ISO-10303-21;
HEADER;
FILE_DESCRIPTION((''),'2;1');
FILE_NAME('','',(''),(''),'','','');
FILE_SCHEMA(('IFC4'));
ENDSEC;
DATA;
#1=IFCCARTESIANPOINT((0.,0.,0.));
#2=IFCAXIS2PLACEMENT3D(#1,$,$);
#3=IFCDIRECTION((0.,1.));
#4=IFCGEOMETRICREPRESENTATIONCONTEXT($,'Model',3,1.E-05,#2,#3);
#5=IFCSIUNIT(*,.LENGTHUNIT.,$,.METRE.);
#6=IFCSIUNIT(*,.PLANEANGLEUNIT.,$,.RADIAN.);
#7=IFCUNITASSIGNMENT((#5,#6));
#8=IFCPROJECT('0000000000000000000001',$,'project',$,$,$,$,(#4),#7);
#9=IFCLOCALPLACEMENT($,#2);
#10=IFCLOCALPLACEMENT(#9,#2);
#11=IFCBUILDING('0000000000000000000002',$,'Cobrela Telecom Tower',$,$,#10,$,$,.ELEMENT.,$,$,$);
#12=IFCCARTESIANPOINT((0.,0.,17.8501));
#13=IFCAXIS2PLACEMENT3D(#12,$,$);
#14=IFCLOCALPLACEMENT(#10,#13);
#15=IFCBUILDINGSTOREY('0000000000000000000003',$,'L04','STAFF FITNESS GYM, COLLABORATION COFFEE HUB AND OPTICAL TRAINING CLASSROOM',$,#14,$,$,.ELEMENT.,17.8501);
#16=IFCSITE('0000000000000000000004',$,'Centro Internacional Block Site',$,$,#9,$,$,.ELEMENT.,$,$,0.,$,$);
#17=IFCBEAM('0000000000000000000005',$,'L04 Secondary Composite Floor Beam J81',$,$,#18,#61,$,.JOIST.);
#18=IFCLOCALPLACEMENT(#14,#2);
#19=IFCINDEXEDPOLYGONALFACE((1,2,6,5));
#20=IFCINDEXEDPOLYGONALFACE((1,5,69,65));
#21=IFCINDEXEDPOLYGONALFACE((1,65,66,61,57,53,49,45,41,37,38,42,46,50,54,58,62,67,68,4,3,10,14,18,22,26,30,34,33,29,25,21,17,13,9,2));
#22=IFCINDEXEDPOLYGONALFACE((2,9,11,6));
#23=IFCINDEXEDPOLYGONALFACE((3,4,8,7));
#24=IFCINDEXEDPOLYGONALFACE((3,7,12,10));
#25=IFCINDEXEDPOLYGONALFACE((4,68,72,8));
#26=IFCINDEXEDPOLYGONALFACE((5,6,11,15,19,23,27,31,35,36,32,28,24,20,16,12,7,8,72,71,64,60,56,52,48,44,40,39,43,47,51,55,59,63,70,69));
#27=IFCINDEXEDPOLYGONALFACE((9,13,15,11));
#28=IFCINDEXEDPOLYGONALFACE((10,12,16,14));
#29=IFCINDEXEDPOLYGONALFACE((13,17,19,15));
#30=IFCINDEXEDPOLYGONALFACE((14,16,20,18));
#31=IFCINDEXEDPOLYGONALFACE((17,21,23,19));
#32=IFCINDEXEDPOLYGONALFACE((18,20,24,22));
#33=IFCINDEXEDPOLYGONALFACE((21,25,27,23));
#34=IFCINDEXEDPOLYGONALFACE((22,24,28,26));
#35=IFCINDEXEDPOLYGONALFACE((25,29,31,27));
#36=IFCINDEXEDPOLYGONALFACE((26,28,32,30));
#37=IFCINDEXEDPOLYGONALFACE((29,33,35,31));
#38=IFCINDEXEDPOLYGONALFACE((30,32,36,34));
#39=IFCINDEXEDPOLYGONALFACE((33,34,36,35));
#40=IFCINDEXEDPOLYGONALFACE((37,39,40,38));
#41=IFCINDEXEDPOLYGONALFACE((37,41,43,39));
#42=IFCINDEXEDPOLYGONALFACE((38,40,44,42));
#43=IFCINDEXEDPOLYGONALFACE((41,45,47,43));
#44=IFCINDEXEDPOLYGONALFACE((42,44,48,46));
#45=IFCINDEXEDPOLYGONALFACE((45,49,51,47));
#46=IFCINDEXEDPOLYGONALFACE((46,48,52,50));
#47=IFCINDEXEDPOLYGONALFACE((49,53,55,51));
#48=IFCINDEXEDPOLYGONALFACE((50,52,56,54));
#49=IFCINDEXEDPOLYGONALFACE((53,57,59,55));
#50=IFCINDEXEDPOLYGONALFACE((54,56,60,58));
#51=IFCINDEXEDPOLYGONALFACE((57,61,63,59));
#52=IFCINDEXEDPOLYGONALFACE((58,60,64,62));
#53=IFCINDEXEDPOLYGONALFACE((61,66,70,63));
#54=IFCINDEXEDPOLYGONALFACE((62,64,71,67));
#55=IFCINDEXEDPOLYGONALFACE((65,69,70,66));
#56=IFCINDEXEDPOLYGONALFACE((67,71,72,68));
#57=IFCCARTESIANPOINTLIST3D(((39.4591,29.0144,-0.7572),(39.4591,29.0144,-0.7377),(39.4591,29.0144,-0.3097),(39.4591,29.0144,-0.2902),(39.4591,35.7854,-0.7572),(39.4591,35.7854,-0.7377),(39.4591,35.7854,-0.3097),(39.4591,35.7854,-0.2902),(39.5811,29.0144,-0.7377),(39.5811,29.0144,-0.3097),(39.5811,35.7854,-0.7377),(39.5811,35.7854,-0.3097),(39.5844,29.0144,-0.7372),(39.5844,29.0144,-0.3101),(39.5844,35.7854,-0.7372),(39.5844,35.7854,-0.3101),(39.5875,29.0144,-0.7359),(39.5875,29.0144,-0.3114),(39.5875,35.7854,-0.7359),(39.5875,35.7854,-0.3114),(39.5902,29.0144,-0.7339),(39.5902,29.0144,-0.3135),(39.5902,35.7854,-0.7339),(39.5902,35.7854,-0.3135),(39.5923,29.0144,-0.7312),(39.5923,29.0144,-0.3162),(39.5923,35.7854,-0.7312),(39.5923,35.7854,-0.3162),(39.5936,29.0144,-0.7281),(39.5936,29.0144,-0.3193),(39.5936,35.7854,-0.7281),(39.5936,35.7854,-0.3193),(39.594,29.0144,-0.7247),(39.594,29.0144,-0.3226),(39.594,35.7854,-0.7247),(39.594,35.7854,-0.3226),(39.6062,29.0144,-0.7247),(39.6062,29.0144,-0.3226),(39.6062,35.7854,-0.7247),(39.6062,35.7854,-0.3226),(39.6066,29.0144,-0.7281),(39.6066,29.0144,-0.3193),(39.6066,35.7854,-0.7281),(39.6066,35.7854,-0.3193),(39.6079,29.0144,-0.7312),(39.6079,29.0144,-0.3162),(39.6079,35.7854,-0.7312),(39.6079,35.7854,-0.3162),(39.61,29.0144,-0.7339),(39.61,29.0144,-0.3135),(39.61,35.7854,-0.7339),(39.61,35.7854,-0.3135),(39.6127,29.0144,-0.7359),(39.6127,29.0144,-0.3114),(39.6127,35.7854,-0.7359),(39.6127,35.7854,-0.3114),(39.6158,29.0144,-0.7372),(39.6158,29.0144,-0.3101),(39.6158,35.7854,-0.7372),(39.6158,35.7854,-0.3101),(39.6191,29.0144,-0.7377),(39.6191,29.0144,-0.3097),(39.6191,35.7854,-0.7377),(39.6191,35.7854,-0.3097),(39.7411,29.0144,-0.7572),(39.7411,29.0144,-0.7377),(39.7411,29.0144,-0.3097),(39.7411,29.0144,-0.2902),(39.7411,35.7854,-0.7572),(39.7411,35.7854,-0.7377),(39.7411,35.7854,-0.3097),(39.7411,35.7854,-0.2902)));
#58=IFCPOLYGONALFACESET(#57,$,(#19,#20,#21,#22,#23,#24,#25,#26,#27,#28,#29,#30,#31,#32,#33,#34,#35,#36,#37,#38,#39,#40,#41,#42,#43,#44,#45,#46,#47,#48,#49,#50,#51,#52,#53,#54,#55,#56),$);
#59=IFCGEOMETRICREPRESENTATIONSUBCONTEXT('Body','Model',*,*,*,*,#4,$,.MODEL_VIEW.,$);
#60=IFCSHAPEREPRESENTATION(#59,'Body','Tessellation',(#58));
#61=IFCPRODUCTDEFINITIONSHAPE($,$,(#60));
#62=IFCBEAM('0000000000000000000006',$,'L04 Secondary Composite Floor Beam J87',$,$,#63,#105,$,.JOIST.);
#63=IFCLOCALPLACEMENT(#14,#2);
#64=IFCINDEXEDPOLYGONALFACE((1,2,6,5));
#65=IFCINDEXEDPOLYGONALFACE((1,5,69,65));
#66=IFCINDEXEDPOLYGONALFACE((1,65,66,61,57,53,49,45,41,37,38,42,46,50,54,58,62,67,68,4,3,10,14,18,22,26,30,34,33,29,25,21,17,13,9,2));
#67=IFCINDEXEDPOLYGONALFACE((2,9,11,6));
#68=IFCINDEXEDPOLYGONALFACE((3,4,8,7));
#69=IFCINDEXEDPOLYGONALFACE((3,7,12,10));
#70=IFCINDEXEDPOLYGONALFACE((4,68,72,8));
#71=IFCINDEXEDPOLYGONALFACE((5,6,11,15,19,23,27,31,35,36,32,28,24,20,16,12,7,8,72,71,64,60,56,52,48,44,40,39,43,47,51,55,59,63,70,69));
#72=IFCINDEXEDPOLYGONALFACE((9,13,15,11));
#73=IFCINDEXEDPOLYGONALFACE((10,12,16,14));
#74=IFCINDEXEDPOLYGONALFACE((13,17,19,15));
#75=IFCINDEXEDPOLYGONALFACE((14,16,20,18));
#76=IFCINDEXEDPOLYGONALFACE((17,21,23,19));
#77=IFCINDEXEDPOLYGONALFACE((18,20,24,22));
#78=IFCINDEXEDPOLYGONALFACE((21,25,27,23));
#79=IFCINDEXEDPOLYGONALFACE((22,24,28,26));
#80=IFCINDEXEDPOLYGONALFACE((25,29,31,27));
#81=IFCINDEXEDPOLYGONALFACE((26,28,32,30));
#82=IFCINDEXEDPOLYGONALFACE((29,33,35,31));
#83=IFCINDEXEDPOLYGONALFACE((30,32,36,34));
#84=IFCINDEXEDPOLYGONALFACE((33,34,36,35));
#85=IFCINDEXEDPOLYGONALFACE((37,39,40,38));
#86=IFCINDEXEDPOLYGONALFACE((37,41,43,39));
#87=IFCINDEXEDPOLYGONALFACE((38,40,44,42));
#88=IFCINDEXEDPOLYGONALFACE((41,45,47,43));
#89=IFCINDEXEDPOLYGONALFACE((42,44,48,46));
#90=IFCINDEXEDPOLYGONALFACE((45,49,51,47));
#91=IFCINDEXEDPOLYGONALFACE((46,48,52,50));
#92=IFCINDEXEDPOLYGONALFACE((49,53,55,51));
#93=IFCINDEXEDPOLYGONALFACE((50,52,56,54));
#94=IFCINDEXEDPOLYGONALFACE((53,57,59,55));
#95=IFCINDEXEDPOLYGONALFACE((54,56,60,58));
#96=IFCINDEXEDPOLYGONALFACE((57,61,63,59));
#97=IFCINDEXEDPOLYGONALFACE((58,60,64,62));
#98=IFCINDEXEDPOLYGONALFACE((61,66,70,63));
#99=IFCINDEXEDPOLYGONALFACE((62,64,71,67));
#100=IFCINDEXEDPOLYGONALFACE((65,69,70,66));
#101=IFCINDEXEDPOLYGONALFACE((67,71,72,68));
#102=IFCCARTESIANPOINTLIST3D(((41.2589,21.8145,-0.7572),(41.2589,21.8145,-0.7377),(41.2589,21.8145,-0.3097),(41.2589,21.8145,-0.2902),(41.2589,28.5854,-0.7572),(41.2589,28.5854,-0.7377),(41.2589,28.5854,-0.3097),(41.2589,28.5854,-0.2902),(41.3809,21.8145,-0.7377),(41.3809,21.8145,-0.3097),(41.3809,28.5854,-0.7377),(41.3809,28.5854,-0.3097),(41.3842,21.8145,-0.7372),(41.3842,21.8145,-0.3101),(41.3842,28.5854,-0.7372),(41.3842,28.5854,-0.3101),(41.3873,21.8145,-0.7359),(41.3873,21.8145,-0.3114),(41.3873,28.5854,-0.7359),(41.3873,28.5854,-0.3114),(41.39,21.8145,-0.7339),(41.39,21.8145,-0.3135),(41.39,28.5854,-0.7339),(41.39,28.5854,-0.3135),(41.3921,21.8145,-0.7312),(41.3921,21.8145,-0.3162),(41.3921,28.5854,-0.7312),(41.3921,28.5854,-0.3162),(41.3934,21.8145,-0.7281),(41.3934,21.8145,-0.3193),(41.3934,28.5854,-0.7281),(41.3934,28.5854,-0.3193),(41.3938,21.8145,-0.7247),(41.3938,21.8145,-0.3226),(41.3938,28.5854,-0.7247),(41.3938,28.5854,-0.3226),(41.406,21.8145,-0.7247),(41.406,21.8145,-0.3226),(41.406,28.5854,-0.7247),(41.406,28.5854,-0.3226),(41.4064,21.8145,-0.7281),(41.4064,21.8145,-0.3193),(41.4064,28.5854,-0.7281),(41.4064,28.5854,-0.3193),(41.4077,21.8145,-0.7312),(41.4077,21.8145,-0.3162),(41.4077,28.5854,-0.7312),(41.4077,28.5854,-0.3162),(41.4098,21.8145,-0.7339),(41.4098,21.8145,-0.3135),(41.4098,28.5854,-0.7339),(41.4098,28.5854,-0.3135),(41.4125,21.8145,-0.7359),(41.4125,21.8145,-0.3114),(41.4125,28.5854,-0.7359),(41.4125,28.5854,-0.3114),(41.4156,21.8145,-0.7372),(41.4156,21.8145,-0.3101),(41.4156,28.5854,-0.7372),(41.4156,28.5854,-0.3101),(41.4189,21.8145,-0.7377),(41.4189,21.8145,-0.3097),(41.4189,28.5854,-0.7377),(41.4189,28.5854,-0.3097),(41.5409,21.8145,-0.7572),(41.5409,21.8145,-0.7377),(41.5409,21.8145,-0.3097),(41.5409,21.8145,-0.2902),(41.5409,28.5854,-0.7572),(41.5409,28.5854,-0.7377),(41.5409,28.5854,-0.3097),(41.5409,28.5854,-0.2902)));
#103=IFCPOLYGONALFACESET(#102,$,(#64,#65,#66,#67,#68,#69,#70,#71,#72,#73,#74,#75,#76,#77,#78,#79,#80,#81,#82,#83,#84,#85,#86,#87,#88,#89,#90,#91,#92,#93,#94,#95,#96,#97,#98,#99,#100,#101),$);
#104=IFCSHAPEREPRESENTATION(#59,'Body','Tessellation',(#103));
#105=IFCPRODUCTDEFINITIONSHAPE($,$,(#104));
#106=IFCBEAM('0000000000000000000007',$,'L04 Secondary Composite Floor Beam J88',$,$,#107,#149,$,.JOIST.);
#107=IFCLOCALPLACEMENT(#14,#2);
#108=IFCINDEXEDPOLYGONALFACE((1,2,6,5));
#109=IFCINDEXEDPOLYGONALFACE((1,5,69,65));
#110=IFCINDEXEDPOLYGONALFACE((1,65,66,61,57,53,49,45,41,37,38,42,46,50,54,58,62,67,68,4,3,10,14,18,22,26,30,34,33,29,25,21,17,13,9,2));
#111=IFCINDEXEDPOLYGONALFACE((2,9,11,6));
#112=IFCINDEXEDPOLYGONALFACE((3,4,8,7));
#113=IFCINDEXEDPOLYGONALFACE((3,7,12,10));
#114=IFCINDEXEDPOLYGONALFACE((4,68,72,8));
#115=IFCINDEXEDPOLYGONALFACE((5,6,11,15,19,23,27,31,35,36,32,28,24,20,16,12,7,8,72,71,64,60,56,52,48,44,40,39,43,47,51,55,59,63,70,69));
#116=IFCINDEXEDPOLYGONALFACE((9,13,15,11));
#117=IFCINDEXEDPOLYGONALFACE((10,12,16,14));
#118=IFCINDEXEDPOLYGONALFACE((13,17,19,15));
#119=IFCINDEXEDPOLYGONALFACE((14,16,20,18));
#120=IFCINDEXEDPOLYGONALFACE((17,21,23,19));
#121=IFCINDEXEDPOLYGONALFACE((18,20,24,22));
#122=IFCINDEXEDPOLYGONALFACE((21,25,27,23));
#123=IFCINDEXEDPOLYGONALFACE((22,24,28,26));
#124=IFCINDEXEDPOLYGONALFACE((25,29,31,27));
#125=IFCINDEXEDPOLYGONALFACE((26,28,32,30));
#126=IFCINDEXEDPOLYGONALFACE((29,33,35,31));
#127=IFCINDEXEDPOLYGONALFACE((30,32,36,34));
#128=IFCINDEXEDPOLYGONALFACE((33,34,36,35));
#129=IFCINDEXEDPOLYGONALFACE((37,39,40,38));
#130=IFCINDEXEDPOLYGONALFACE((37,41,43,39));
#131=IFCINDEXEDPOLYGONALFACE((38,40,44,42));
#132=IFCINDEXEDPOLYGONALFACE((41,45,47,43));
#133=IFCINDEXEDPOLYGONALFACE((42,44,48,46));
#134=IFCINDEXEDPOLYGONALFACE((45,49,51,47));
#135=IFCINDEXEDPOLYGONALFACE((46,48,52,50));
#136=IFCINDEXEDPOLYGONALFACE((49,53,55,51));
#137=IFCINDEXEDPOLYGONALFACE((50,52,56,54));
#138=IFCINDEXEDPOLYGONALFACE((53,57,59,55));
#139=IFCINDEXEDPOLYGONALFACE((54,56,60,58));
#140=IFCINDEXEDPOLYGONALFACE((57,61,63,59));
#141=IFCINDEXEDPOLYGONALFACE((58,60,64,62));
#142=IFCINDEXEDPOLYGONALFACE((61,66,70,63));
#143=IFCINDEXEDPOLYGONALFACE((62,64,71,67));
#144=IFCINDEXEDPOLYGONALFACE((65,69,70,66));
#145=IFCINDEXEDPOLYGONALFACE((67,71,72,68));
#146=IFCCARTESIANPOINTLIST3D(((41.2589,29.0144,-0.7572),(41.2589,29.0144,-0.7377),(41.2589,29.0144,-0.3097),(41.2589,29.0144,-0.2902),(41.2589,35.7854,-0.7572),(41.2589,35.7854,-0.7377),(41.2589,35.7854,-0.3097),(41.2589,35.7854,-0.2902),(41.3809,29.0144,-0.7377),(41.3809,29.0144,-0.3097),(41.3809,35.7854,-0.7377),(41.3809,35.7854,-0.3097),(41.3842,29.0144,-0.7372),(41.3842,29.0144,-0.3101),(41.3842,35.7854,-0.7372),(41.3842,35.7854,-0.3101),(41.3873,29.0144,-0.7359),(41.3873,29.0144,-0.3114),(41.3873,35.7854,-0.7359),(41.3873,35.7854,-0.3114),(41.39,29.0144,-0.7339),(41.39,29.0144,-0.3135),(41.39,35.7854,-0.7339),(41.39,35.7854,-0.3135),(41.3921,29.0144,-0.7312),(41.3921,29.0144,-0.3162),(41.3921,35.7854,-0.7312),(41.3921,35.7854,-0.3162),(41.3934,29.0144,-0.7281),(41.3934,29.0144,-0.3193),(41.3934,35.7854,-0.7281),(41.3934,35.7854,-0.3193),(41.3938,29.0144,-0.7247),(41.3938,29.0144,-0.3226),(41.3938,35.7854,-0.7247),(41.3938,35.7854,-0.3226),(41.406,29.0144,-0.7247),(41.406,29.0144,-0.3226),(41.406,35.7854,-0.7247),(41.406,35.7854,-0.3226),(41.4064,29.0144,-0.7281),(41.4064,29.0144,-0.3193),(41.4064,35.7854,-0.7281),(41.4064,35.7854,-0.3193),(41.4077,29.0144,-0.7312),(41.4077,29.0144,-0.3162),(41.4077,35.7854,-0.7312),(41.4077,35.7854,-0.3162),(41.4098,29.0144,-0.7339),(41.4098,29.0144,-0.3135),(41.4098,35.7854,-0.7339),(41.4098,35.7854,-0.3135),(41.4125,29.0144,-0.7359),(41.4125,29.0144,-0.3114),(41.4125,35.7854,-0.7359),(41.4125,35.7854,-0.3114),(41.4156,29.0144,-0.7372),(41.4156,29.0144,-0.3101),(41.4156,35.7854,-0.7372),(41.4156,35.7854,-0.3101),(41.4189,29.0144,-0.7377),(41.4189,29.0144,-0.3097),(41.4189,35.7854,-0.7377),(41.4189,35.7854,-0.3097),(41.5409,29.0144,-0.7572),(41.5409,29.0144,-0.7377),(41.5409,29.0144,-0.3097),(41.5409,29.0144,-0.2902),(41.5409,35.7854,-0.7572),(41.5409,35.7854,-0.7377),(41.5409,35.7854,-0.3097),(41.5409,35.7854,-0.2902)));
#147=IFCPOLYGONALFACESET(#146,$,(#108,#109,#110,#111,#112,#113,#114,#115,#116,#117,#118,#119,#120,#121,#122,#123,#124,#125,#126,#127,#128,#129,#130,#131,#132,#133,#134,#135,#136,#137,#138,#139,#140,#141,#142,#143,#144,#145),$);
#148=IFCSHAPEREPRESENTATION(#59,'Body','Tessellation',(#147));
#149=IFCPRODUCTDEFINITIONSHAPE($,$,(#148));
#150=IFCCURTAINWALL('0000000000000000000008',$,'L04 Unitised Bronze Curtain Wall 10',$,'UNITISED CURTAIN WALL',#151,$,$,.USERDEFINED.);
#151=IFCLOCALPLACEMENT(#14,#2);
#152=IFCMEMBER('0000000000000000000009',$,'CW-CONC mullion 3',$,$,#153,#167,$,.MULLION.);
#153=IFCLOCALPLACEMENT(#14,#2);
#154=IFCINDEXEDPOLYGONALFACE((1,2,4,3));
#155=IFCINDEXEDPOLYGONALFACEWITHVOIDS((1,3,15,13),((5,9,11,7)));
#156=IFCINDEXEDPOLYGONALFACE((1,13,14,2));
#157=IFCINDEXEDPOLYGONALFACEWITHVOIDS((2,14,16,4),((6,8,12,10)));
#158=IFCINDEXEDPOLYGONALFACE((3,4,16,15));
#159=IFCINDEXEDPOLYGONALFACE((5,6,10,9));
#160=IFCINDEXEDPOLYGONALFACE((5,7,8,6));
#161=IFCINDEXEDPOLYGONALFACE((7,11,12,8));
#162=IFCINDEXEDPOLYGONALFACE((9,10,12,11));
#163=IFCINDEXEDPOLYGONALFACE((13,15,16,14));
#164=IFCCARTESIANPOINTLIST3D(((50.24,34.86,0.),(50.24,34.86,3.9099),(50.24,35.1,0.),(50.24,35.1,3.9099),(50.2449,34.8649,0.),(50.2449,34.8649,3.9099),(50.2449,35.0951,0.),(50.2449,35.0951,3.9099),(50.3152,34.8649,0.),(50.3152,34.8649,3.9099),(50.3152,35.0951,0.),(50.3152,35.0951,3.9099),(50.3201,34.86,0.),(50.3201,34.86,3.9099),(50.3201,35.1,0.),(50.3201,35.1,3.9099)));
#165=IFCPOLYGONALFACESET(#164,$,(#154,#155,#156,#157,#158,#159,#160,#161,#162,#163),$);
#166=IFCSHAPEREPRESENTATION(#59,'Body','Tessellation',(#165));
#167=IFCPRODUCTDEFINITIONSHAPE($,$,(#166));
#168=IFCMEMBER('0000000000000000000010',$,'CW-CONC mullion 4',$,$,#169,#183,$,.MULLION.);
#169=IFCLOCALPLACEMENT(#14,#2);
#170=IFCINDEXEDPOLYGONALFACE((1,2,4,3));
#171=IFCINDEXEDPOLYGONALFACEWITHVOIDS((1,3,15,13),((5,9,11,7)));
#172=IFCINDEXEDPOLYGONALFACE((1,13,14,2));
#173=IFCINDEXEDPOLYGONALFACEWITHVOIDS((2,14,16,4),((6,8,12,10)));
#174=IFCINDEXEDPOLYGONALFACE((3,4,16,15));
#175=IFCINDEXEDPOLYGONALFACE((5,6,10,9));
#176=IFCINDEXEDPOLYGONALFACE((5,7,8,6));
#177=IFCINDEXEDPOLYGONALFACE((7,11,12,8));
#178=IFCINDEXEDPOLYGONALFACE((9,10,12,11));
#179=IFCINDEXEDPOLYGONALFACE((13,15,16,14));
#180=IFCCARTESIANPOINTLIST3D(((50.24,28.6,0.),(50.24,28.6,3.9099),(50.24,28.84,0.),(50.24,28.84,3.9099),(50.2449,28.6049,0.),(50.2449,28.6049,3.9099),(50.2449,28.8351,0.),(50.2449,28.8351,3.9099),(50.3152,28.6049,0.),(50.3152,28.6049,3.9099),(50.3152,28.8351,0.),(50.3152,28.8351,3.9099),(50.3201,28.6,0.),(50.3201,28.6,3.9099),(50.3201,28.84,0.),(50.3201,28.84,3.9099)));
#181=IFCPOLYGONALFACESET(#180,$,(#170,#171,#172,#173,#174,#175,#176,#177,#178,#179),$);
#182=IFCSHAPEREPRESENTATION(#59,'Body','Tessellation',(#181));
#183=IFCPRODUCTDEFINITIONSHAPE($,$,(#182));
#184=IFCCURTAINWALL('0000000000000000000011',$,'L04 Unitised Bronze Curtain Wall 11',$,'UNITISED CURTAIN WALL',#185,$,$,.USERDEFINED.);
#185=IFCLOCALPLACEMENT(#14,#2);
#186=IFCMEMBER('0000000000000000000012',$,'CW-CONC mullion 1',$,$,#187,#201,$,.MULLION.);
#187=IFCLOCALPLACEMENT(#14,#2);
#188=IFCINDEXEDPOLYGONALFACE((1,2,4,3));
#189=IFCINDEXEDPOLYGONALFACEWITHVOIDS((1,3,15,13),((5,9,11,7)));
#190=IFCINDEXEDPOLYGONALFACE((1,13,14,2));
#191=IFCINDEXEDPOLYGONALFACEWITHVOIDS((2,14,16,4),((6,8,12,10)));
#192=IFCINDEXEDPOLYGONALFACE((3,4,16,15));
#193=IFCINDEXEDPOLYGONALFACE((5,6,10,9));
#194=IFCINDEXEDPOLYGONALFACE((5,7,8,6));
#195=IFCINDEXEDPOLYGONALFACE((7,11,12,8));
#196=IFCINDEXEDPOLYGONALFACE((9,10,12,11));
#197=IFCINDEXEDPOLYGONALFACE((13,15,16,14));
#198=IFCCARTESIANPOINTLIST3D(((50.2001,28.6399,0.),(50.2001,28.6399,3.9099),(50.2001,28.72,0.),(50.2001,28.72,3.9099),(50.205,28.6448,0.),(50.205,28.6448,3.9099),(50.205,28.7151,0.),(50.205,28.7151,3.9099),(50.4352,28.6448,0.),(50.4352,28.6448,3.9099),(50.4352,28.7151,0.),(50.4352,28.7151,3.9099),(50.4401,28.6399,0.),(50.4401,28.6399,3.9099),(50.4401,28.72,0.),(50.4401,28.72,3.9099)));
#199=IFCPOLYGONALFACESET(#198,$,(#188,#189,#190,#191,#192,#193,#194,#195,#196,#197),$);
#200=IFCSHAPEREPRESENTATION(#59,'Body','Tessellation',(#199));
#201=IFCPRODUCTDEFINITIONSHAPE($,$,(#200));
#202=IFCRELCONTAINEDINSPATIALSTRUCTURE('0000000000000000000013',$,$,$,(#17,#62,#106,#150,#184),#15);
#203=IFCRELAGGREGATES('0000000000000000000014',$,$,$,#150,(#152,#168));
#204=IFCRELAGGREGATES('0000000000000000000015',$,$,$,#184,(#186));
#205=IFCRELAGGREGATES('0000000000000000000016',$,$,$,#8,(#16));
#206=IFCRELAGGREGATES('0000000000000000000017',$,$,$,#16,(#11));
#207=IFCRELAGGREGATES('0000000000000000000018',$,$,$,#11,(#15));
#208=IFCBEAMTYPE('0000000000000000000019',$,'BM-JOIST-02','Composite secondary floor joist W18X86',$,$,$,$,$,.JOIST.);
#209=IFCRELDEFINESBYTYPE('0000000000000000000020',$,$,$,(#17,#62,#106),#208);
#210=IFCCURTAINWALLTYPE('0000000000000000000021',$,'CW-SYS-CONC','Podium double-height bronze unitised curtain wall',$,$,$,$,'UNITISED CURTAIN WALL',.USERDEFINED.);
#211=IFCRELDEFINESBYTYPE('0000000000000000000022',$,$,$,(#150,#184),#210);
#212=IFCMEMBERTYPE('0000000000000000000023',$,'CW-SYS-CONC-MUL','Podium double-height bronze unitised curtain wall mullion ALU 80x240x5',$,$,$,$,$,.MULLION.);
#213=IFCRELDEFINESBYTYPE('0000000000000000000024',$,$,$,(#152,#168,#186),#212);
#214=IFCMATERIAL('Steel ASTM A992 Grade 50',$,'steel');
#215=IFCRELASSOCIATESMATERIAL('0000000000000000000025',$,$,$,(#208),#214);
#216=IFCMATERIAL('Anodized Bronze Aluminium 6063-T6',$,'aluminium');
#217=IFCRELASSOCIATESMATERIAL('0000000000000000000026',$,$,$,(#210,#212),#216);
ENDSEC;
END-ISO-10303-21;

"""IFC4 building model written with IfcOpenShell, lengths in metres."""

from ifc_helpers import new_model, si_unit, direction, frame, origin, origin_2d, place, context, subcontext, project, spatial, hollow_rectangle, i_section, extrude, material, material_profile, profile_set, type_object, element, aggregate, save


model = new_model("IFC4")

# Units and contexts
model_context = context("Model", 3, precision=1e-05, world=origin(), true_north=direction((0.0, 1.0)))
body_context = subcontext(model_context, "Body", "Model", "MODEL_VIEW")
ifc_project = project(units=[si_unit("LENGTHUNIT", "METRE"), si_unit("PLANEANGLEUNIT", "RADIAN")], contexts=[model_context])

# Site, building, storey
site_placement = place(None, origin())
site = spatial("IfcSite", under=ifc_project, at=site_placement, Name="Centro Internacional Block Site", CompositionType="ELEMENT", RefElevation=0.0)
building_placement = place(site_placement, origin())
building = spatial("IfcBuilding", under=site, at=building_placement, Name="Cobrela Telecom Tower", CompositionType="ELEMENT")
storey_placement = place(building_placement, frame((0.0, 0.0, 17.8501)))
storey = spatial("IfcBuildingStorey", under=building, at=storey_placement, Name="L04", Description="STAFF FITNESS GYM, COLLABORATION COFFEE HUB AND OPTICAL TRAINING CLASSROOM", CompositionType="ELEMENT", Elevation=17.8501)

# Beams
ifc_material_1 = material(Name="Steel ASTM A992 Grade 50", Category="steel")
ifc_material_profile_1 = material_profile(ifc_material_1, i_section(OverallWidth=0.282, OverallDepth=0.467, WebThickness=0.0122, FlangeThickness=0.0195, FilletRadius=0.0129, at=origin_2d()), Name="W18X86")
ifc_profile_set_1 = profile_set([ifc_material_profile_1], Name="Steel ASTM A992 Grade 50")
beam_type_1 = type_object("IfcBeamType", Name="BM-JOIST-02", Description="Composite secondary floor joist W18X86", PredefinedType="JOIST", material=ifc_profile_set_1)
for number, where, z_axis, x_axis, name in (
    (1, (39.6001, 29.0144, -0.5237), (0.0, 1.0, 0.0), (-1.0, 0.0, 0.0), "L04 Secondary Composite Floor Beam J81"),
    (2, (41.3999, 21.8145, -0.5237), (0.0, 1.0, 0.0), (-1.0, 0.0, 0.0), "L04 Secondary Composite Floor Beam J87"),
    (3, (41.3999, 29.0144, -0.5237), (0.0, 1.0, 0.0), (-1.0, 0.0, 0.0), "L04 Secondary Composite Floor Beam J88"),
):
    element("IfcBeam", number, at=place(storey_placement, frame(where, z_axis=z_axis, x_axis=x_axis)), inside=storey, type_object=beam_type_1, Name=name, PredefinedType="JOIST", context=body_context, shape_type="SweptSolid", body=[
        extrude(i_section(OverallWidth=0.282, OverallDepth=0.467, WebThickness=0.0122, FlangeThickness=0.0195, FilletRadius=0.0129, at=origin_2d()), origin(), (0.0, 0.0, 1.0), 6.771),
    ])

# Curtain wall, members
ifc_material_2 = material(Name="Anodized Bronze Aluminium 6063-T6", Category="aluminium")
curtain_wall_type = type_object("IfcCurtainWallType", Name="CW-SYS-CONC", Description="Podium double-height bronze unitised curtain wall", ElementType="UNITISED CURTAIN WALL", PredefinedType="USERDEFINED", material=ifc_material_2)
curtain_wall_1_placement = place(storey_placement, origin())
curtain_wall_1 = element("IfcCurtainWall", 4, at=curtain_wall_1_placement, inside=storey, type_object=curtain_wall_type, Name="L04 Unitised Bronze Curtain Wall 10", ObjectType="UNITISED CURTAIN WALL", PredefinedType="USERDEFINED")
ifc_material_profile_2 = material_profile(ifc_material_2, hollow_rectangle(XDim=0.0801, YDim=0.24, WallThickness=0.0049, at=origin_2d()), Name="ALU 80x240x5")
ifc_profile_set_2 = profile_set([ifc_material_profile_2], Name="Anodized Bronze Aluminium 6063-T6")
member_type_1 = type_object("IfcMemberType", Name="CW-SYS-CONC-MUL", Description="Podium double-height bronze unitised curtain wall mullion ALU 80x240x5", PredefinedType="MULLION", material=ifc_profile_set_2)
member_1_placement = place(storey_placement, frame((50.28, 34.98, 0.0), z_axis=(0.0, 0.0, 1.0), x_axis=(1.0, 0.0, 0.0)))
member_1 = element("IfcMember", 5, at=member_1_placement, type_object=member_type_1, Name="CW-CONC mullion 3", PredefinedType="MULLION", context=body_context, shape_type="SweptSolid", body=[
    extrude(hollow_rectangle(XDim=0.0801, YDim=0.24, WallThickness=0.0049, at=origin_2d()), origin(), (0.0, 0.0, 1.0), 3.9099),
])
member_2_placement = place(storey_placement, frame((50.28, 28.72, 0.0), z_axis=(0.0, 0.0, 1.0), x_axis=(1.0, 0.0, 0.0)))
member_2 = element("IfcMember", 6, at=member_2_placement, type_object=member_type_1, Name="CW-CONC mullion 4", PredefinedType="MULLION", context=body_context, shape_type="SweptSolid", body=[
    extrude(hollow_rectangle(XDim=0.0801, YDim=0.24, WallThickness=0.0049, at=origin_2d()), origin(), (0.0, 0.0, 1.0), 3.9099),
])

# Curtain wall, member
curtain_wall_2_placement = place(storey_placement, origin())
curtain_wall_2 = element("IfcCurtainWall", 7, at=curtain_wall_2_placement, inside=storey, type_object=curtain_wall_type, Name="L04 Unitised Bronze Curtain Wall 11", ObjectType="UNITISED CURTAIN WALL", PredefinedType="USERDEFINED")
member_3_placement = place(storey_placement, frame((50.3201, 28.6799, 0.0), z_axis=(0.0, 0.0, 1.0), x_axis=(0.0, 1.0, 0.0)))
member_3 = element("IfcMember", 8, at=member_3_placement, type_object=member_type_1, Name="CW-CONC mullion 1", PredefinedType="MULLION", context=body_context, shape_type="SweptSolid", body=[
    extrude(hollow_rectangle(XDim=0.0801, YDim=0.24, WallThickness=0.0049, at=origin_2d()), origin(), (0.0, 0.0, 1.0), 3.9099),
])

aggregate(curtain_wall_1, [member_1, member_2])
aggregate(curtain_wall_2, [member_3])

save(model, "model.ifc")
